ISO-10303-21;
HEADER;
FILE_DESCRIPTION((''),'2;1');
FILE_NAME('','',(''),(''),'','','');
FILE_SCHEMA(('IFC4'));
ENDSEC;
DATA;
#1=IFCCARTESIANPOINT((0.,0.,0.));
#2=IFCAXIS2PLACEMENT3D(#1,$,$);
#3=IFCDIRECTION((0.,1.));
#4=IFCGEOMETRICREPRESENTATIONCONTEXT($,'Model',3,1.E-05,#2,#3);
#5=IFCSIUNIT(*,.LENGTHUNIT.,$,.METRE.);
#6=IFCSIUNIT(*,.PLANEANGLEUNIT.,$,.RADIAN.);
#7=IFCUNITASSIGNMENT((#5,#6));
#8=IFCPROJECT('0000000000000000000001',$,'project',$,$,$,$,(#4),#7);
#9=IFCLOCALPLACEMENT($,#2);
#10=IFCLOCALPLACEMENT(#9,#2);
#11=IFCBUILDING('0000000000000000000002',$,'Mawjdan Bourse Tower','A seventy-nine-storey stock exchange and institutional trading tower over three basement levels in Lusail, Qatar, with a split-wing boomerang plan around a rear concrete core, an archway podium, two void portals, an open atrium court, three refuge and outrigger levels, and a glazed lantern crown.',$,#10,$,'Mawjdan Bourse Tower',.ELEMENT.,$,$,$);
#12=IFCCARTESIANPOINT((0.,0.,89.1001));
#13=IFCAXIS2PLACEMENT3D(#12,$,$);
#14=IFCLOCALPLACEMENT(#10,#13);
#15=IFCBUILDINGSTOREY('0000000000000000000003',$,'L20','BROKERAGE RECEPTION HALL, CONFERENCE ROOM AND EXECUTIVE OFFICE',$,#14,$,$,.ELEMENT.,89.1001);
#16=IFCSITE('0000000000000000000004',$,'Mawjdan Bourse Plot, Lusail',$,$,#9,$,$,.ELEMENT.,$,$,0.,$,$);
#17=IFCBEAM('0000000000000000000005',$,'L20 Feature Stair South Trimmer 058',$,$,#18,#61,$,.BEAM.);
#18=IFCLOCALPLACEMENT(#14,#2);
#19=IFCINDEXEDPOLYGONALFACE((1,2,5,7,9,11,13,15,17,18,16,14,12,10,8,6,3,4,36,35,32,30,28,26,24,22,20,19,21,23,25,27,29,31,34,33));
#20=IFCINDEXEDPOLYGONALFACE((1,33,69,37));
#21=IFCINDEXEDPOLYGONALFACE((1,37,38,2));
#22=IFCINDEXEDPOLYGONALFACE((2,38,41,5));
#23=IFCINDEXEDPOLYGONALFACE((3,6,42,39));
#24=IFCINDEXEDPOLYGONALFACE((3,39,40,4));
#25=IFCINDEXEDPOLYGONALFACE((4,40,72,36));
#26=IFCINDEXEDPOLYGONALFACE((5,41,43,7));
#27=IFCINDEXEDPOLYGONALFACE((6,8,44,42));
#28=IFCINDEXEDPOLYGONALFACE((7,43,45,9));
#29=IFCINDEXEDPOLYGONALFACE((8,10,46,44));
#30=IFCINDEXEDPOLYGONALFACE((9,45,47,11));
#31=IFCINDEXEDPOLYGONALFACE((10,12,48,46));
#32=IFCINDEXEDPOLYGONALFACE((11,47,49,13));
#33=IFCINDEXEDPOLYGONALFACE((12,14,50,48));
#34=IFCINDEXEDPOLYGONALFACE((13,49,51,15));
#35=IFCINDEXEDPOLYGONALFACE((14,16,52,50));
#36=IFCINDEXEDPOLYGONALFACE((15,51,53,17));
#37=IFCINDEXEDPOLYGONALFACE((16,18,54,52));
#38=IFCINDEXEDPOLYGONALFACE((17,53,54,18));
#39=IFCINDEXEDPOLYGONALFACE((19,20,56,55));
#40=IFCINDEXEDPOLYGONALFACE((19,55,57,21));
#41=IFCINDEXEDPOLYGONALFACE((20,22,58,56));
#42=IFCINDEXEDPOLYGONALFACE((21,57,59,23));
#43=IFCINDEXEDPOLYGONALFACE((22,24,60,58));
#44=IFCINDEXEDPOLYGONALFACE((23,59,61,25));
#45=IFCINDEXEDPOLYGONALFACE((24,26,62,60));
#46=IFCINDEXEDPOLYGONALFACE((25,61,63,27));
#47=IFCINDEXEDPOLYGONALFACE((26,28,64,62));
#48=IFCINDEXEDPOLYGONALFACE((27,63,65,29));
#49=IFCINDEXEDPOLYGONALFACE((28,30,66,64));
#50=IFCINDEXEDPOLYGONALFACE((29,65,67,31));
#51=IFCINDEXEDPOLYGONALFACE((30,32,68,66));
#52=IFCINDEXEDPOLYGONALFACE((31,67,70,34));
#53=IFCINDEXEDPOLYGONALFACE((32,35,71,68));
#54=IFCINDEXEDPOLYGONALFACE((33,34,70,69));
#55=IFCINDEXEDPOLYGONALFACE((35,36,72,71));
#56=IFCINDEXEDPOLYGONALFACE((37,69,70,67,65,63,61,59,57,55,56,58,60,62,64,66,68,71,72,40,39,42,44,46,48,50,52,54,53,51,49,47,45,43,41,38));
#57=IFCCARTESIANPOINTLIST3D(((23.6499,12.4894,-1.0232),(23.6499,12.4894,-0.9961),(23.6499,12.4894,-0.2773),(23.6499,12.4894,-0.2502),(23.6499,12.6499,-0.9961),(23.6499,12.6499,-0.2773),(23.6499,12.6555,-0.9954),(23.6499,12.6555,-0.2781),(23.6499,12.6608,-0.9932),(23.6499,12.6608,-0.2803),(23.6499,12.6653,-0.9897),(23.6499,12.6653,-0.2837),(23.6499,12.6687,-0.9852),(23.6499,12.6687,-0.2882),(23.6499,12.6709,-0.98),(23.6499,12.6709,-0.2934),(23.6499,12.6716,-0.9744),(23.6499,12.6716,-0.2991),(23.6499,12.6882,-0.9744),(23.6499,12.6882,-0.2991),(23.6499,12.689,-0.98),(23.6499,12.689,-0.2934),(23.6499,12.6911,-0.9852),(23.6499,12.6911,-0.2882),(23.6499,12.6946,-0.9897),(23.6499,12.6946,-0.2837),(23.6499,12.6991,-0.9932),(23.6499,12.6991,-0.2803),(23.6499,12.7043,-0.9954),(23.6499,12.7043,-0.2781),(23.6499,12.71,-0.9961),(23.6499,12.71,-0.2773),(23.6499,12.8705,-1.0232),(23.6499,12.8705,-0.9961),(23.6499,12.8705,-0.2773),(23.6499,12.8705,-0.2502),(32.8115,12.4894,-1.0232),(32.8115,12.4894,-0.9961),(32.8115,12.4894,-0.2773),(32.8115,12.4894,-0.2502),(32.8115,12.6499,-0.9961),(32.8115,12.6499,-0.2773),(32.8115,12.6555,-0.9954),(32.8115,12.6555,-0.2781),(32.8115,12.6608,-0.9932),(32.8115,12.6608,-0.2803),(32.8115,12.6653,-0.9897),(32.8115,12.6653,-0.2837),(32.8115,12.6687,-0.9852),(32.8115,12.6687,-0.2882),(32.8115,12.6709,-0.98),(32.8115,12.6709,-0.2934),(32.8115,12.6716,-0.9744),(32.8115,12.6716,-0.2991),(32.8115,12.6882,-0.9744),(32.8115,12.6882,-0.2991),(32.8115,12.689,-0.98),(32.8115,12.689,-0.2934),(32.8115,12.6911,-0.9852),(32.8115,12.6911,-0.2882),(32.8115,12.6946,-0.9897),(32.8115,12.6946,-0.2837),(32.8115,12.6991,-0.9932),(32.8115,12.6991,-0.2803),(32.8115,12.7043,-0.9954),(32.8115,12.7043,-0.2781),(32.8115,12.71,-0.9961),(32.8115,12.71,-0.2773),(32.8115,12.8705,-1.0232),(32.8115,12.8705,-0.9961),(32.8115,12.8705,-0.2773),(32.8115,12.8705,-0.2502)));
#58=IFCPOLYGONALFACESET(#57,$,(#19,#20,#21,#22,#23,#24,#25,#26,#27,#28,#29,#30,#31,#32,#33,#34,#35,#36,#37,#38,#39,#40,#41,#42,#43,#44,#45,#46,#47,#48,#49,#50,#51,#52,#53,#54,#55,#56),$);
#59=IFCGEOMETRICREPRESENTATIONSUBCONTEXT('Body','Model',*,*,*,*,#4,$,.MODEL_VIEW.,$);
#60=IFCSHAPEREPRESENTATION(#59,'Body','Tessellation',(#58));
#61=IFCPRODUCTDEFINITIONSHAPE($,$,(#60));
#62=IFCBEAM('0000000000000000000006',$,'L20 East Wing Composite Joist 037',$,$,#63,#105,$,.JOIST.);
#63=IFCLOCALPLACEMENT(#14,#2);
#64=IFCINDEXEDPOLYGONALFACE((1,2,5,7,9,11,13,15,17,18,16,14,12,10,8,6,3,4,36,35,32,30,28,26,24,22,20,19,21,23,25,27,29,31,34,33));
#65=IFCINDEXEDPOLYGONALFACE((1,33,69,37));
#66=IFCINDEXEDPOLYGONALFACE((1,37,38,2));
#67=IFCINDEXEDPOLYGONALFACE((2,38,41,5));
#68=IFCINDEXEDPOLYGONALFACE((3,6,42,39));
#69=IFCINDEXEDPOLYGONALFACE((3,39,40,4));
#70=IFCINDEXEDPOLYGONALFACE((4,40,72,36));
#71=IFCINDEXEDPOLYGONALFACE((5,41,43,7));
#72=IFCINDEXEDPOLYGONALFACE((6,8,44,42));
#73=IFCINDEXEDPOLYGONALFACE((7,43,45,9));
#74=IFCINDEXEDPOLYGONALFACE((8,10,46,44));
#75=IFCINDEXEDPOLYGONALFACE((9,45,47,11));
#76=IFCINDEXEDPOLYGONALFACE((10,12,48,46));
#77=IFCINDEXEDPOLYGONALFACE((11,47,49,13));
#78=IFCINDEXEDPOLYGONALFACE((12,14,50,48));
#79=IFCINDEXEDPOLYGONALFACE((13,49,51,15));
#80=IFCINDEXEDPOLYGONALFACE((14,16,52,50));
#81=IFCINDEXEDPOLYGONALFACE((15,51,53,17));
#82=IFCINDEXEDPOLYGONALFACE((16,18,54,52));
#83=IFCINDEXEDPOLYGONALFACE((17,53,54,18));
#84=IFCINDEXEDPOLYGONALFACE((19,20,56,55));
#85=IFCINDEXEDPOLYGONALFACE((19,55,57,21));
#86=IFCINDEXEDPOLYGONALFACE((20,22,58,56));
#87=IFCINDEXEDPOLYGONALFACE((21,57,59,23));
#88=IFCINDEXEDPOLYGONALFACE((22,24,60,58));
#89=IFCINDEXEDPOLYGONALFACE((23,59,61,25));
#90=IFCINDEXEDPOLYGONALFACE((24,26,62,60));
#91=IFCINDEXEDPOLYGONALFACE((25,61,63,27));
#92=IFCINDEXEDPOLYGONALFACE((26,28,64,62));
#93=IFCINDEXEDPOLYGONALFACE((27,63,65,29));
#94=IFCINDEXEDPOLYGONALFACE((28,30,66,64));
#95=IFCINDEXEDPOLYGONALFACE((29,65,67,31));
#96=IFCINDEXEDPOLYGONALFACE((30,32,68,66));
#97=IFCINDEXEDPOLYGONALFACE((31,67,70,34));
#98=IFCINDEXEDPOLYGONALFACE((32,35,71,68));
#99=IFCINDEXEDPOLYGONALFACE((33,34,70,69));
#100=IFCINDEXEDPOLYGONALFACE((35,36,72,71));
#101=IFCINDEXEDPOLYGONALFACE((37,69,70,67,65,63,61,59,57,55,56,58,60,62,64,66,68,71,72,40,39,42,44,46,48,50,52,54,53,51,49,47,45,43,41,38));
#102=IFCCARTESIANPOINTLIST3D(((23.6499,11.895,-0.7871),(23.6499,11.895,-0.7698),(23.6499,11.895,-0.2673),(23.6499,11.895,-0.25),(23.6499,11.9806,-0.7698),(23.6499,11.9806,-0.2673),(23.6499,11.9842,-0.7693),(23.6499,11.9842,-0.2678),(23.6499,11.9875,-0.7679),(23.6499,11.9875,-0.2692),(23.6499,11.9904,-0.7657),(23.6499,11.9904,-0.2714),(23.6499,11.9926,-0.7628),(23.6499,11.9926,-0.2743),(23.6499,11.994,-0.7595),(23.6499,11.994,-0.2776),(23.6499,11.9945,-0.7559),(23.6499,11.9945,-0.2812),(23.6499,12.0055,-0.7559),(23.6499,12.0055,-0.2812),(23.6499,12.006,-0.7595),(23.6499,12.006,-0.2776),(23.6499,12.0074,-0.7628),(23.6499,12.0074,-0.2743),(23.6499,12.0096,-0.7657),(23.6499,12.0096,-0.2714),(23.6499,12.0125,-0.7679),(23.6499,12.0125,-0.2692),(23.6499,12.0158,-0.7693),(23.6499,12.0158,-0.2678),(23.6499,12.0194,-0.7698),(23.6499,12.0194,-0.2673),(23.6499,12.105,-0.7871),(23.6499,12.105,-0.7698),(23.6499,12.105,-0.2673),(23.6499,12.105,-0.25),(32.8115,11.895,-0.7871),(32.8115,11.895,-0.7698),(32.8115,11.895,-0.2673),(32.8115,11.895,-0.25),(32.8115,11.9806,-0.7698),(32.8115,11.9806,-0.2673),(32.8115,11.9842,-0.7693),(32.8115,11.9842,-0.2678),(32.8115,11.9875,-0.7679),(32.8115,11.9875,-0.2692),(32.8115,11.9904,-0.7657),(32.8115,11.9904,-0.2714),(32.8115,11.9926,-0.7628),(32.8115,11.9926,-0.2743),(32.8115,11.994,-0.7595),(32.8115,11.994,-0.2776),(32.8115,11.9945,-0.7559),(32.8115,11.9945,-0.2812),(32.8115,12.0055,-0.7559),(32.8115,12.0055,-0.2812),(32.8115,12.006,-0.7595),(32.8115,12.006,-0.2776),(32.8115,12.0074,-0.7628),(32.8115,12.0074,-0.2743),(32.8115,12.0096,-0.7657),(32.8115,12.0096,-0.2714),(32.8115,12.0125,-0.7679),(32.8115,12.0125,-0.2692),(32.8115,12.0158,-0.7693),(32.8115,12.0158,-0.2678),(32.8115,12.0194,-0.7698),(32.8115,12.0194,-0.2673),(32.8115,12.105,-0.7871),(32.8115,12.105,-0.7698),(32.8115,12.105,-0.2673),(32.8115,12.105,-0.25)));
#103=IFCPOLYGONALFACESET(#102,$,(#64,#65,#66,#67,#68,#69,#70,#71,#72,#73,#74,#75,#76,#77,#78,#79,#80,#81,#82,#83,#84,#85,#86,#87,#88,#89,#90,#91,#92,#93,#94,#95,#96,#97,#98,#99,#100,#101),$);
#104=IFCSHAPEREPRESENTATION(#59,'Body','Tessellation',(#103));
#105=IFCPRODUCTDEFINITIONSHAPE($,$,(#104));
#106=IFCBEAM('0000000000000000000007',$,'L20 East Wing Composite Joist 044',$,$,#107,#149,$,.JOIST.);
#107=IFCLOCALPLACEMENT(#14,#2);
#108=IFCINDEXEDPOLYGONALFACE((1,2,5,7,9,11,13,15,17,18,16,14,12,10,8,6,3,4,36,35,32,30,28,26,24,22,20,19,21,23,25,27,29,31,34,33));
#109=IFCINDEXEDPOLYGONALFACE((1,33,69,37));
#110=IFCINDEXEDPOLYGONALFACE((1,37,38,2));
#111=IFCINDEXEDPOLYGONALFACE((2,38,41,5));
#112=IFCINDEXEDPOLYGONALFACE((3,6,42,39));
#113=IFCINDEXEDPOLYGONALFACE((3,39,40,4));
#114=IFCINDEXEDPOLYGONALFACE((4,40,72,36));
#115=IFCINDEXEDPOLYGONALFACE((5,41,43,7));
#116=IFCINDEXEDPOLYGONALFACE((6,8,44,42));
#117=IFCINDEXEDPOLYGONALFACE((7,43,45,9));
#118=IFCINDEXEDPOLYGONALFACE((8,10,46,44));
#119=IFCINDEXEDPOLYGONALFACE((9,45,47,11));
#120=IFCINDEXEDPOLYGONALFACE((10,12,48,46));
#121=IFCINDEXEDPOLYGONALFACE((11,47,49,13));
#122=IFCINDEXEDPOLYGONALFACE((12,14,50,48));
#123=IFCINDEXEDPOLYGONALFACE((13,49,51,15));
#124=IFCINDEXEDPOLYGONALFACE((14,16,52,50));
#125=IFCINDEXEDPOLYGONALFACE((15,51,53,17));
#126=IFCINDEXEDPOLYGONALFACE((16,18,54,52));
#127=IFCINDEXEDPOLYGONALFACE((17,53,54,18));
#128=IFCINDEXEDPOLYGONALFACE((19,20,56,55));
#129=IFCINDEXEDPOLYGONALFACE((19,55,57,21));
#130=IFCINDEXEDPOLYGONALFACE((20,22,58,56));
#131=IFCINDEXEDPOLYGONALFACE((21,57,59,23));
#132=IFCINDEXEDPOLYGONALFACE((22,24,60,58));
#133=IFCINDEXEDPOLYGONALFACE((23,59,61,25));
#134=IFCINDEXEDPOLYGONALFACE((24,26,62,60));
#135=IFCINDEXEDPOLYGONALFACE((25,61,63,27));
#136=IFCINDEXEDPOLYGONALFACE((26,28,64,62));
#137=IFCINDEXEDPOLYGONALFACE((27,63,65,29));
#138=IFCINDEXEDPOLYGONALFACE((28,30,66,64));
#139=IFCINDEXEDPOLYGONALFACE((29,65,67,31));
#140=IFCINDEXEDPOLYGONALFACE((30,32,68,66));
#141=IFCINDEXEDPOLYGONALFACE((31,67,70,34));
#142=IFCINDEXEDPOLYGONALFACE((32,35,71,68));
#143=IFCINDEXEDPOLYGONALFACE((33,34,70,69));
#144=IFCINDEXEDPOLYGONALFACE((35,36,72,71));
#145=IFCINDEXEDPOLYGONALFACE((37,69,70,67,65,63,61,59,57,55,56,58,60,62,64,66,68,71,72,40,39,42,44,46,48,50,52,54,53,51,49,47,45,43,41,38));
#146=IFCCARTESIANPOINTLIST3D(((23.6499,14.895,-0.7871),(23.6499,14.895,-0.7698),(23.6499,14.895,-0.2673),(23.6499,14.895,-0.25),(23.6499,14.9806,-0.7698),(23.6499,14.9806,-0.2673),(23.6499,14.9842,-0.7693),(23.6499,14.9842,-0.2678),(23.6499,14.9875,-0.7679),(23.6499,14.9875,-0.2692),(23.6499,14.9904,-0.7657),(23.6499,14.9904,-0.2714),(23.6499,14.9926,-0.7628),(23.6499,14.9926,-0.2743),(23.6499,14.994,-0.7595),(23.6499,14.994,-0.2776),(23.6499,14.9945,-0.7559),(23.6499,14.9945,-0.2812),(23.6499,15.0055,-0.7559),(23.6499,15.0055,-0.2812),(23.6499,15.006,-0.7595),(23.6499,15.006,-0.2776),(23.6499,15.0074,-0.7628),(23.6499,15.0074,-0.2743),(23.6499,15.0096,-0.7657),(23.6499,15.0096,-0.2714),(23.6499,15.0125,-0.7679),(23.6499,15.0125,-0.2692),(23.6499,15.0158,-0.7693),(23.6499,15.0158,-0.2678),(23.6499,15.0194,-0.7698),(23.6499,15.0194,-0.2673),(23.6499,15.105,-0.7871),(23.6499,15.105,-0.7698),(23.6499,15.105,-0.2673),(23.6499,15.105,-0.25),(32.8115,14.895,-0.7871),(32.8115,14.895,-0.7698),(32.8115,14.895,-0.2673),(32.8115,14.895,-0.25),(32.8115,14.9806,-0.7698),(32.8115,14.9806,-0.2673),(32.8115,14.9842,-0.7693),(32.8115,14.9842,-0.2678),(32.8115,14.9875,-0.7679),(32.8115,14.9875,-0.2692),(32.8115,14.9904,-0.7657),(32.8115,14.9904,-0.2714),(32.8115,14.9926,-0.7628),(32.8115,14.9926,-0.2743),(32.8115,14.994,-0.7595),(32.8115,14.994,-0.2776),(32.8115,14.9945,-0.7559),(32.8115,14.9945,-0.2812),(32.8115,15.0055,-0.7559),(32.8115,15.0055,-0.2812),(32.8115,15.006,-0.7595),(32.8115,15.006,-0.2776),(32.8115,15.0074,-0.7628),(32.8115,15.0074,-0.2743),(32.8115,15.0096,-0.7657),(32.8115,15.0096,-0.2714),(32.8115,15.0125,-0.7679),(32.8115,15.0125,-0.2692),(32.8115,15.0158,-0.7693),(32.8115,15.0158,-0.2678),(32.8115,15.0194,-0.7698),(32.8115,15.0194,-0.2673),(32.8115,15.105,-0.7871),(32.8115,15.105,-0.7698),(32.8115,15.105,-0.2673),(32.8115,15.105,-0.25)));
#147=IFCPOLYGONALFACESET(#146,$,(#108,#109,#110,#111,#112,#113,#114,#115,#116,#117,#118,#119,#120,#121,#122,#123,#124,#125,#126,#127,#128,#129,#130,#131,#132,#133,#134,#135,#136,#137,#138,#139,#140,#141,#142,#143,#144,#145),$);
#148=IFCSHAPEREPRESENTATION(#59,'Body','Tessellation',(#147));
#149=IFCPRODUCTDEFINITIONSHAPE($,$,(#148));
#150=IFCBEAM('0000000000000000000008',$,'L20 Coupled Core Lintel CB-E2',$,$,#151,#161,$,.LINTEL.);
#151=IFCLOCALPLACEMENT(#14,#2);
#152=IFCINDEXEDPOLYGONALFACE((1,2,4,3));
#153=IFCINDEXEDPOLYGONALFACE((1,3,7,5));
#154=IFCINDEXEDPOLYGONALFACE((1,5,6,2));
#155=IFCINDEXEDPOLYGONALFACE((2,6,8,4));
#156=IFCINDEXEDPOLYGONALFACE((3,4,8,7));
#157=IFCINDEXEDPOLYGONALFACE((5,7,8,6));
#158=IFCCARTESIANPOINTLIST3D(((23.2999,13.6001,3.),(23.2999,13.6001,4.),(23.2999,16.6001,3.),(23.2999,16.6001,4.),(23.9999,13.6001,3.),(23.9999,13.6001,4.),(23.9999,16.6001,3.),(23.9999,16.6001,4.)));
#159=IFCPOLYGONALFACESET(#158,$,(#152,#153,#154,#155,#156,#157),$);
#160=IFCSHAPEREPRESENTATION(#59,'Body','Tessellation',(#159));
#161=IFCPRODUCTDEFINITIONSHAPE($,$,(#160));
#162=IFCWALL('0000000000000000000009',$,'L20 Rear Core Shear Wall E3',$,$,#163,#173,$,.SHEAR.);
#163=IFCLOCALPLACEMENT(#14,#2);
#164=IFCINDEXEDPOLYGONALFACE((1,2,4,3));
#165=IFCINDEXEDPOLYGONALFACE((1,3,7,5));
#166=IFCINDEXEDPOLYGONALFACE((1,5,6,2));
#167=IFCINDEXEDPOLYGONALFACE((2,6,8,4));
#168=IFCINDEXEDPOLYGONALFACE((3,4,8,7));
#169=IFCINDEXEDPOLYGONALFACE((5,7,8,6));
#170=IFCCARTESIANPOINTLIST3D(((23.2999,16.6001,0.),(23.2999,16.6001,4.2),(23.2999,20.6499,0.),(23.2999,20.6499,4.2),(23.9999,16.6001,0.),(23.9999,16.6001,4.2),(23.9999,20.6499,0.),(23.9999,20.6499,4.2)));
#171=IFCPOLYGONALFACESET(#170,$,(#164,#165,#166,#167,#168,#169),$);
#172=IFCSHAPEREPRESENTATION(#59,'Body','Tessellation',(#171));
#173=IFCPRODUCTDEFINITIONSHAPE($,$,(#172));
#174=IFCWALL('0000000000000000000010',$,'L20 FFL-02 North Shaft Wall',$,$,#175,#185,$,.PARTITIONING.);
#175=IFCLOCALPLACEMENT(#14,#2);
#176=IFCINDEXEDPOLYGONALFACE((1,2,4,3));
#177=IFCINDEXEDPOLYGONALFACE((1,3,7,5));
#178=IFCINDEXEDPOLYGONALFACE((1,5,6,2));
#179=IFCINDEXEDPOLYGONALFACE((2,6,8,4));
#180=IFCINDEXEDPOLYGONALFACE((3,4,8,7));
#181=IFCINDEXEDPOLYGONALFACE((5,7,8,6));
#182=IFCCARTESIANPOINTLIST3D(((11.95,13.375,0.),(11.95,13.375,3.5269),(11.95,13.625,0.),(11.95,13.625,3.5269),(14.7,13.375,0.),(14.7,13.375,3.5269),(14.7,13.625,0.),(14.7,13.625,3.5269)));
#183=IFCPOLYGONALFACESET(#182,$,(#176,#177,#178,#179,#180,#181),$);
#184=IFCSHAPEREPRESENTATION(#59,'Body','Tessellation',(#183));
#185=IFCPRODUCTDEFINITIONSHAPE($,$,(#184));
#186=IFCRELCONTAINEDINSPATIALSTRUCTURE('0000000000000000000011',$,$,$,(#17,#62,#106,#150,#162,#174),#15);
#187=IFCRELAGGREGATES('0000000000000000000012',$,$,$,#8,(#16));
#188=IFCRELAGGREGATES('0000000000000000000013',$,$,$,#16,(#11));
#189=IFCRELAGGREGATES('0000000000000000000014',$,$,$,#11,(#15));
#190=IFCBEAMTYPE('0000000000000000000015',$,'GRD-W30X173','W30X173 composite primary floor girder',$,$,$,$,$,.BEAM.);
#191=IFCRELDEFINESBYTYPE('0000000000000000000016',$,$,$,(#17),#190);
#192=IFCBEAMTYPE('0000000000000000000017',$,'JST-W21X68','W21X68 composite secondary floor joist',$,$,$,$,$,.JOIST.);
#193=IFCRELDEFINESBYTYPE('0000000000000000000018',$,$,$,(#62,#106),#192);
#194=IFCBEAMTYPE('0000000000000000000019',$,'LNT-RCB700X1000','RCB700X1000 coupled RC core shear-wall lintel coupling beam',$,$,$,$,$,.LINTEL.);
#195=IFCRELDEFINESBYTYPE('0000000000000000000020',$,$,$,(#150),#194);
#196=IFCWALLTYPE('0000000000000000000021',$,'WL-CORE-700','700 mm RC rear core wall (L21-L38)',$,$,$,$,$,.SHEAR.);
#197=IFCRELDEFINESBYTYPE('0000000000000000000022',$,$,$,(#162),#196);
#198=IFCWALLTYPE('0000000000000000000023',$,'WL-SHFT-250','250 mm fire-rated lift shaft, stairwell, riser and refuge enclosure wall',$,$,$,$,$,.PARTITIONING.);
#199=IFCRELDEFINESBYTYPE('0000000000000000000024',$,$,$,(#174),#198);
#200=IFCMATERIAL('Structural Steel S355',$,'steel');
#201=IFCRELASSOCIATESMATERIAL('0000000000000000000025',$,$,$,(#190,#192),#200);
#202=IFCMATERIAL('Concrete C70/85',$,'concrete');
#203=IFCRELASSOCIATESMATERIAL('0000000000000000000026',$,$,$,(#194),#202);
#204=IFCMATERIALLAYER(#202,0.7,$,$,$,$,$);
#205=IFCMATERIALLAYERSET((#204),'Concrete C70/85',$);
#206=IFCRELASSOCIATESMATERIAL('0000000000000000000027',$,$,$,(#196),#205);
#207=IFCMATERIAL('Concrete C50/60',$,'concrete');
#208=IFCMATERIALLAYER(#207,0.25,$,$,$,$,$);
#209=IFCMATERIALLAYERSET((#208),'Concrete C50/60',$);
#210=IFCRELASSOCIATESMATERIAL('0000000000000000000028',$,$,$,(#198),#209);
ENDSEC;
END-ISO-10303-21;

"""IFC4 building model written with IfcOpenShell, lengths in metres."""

from ifc_helpers import new_model, si_unit, direction, frame, frame_2d, origin, origin_2d, place, context, subcontext, project, spatial, rectangle, i_section, extrude, material, layer, layer_set, material_profile, profile_set, type_object, element, save


model = new_model("IFC4")

# Units and contexts
model_context = context("Model", 3, precision=1e-05, world=origin(), true_north=direction((0.0, 1.0)))
body_context = subcontext(model_context, "Body", "Model", "MODEL_VIEW")
ifc_project = project(units=[si_unit("LENGTHUNIT", "METRE"), si_unit("PLANEANGLEUNIT", "RADIAN")], contexts=[model_context])

# Site, building, storey
site_placement = place(None, origin())
site = spatial("IfcSite", under=ifc_project, at=site_placement, Name="Mawjdan Bourse Plot, Lusail", CompositionType="ELEMENT", RefElevation=0.0)
building_placement = place(site_placement, origin())
building = spatial("IfcBuilding", under=site, at=building_placement, Name="Mawjdan Bourse Tower", Description="A seventy-nine-storey stock exchange and institutional trading tower over three basement levels in Lusail, Qatar, with a split-wing boomerang plan around a rear concrete core, an archway podium, two void portals, an open atrium court, three refuge and outrigger levels, and a glazed lantern crown.", LongName="Mawjdan Bourse Tower", CompositionType="ELEMENT")
storey_placement = place(building_placement, frame((0.0, 0.0, 89.1001)))
storey = spatial("IfcBuildingStorey", under=building, at=storey_placement, Name="L20", Description="BROKERAGE RECEPTION HALL, CONFERENCE ROOM AND EXECUTIVE OFFICE", CompositionType="ELEMENT", Elevation=89.1001)

# Beams
ifc_material_1 = material(Name="Structural Steel S355", Category="steel")
ifc_material_profile_1 = material_profile(ifc_material_1, i_section(OverallWidth=0.3811, OverallDepth=0.7729, WebThickness=0.0166, FlangeThickness=0.0271, FilletRadius=0.0217, at=origin_2d()), Name="W30X173")
ifc_profile_set_1 = profile_set([ifc_material_profile_1], Name="Structural Steel S355")
beam_type_1 = type_object("IfcBeamType", Name="GRD-W30X173", Description="W30X173 composite primary floor girder", PredefinedType="BEAM", material=ifc_profile_set_1)
beam_1_placement = place(storey_placement, frame((23.6499, 12.6799, -0.6367), z_axis=(1.0, 0.0, 0.0), x_axis=(0.0, 1.0, 0.0)))
element("IfcBeam", 1, at=beam_1_placement, inside=storey, type_object=beam_type_1, Name="L20 Feature Stair South Trimmer 058", PredefinedType="BEAM", context=body_context, shape_type="SweptSolid", body=[
    extrude(i_section(OverallWidth=0.3811, OverallDepth=0.7729, WebThickness=0.0166, FlangeThickness=0.0271, FilletRadius=0.0217, at=origin_2d()), origin(), (0.0, 0.0, 1.0), 9.1616),
])
ifc_material_profile_2 = material_profile(ifc_material_1, i_section(OverallWidth=0.21, OverallDepth=0.5371, WebThickness=0.011, FlangeThickness=0.0173, FilletRadius=0.0139, at=origin_2d()), Name="W21X68")
ifc_profile_set_2 = profile_set([ifc_material_profile_2], Name="Structural Steel S355")
beam_type_2 = type_object("IfcBeamType", Name="JST-W21X68", Description="W21X68 composite secondary floor joist", PredefinedType="JOIST", material=ifc_profile_set_2)
for number, where, z_axis, x_axis, name in (
    (2, (23.6499, 12.0, -0.5186), (1.0, 0.0, 0.0), (0.0, 1.0, 0.0), "L20 East Wing Composite Joist 037"),
    (3, (23.6499, 15.0, -0.5186), (1.0, 0.0, 0.0), (0.0, 1.0, 0.0), "L20 East Wing Composite Joist 044"),
):
    element("IfcBeam", number, at=place(storey_placement, frame(where, z_axis=z_axis, x_axis=x_axis)), inside=storey, type_object=beam_type_2, Name=name, PredefinedType="JOIST", context=body_context, shape_type="SweptSolid", body=[
        extrude(i_section(OverallWidth=0.21, OverallDepth=0.5371, WebThickness=0.011, FlangeThickness=0.0173, FilletRadius=0.0139, at=origin_2d()), origin(), (0.0, 0.0, 1.0), 9.1616),
    ])
ifc_material_2 = material(Name="Concrete C70/85", Category="concrete")
ifc_material_profile_3 = material_profile(ifc_material_2, rectangle(XDim=0.7, YDim=1.0, at=origin_2d()), Name="RCB700X1000")
ifc_profile_set_3 = profile_set([ifc_material_profile_3], Name="Concrete C70/85")
beam_type_3 = type_object("IfcBeamType", Name="LNT-RCB700X1000", Description="RCB700X1000 coupled RC core shear-wall lintel coupling beam", PredefinedType="LINTEL", material=ifc_profile_set_3)
beam_2_placement = place(storey_placement, frame((23.6499, 13.6001, 3.5), z_axis=(0.0, 1.0, 0.0), x_axis=(-1.0, 0.0, 0.0)))
element("IfcBeam", 4, at=beam_2_placement, inside=storey, type_object=beam_type_3, Name="L20 Coupled Core Lintel CB-E2", PredefinedType="LINTEL", context=body_context, shape_type="SweptSolid", body=[
    extrude(rectangle(XDim=0.7, YDim=1.0, at=origin_2d()), origin(), (0.0, 0.0, 1.0), 3.0),
])

# Walls
ifc_layer_1 = layer(ifc_material_2, 0.7)
ifc_layer_set_1 = layer_set([ifc_layer_1], Name="Concrete C70/85")
wall_type_1 = type_object("IfcWallType", Name="WL-CORE-700", Description="700 mm RC rear core wall (L21-L38)", PredefinedType="SHEAR", material=ifc_layer_set_1)
wall_1_placement = place(storey_placement, frame((23.6499, 16.6001, 0.0), z_axis=(0.0, 0.0, 1.0), x_axis=(0.0, 1.0, 0.0)))
element("IfcWall", 5, at=wall_1_placement, inside=storey, type_object=wall_type_1, Name="L20 Rear Core Shear Wall E3", PredefinedType="SHEAR", context=body_context, shape_type="SweptSolid", body=[
    extrude(rectangle(XDim=4.0498, YDim=0.7, at=frame_2d((2.0249, 0.0))), origin(), (0.0, 0.0, 1.0), 4.2),
])
ifc_material_3 = material(Name="Concrete C50/60", Category="concrete")
ifc_layer_2 = layer(ifc_material_3, 0.25)
ifc_layer_set_2 = layer_set([ifc_layer_2], Name="Concrete C50/60")
wall_type_2 = type_object("IfcWallType", Name="WL-SHFT-250", Description="250 mm fire-rated lift shaft, stairwell, riser and refuge enclosure wall", PredefinedType="PARTITIONING", material=ifc_layer_set_2)
wall_2_placement = place(storey_placement, frame((11.95, 13.5, 0.0), z_axis=(0.0, 0.0, 1.0), x_axis=(1.0, 0.0, 0.0)))
element("IfcWall", 6, at=wall_2_placement, inside=storey, type_object=wall_type_2, Name="L20 FFL-02 North Shaft Wall", PredefinedType="PARTITIONING", context=body_context, shape_type="SweptSolid", body=[
    extrude(rectangle(XDim=2.75, YDim=0.25, at=frame_2d((1.375, 0.0))), origin(), (0.0, 0.0, 1.0), 3.5269),
])

save(model, "model.ifc")
